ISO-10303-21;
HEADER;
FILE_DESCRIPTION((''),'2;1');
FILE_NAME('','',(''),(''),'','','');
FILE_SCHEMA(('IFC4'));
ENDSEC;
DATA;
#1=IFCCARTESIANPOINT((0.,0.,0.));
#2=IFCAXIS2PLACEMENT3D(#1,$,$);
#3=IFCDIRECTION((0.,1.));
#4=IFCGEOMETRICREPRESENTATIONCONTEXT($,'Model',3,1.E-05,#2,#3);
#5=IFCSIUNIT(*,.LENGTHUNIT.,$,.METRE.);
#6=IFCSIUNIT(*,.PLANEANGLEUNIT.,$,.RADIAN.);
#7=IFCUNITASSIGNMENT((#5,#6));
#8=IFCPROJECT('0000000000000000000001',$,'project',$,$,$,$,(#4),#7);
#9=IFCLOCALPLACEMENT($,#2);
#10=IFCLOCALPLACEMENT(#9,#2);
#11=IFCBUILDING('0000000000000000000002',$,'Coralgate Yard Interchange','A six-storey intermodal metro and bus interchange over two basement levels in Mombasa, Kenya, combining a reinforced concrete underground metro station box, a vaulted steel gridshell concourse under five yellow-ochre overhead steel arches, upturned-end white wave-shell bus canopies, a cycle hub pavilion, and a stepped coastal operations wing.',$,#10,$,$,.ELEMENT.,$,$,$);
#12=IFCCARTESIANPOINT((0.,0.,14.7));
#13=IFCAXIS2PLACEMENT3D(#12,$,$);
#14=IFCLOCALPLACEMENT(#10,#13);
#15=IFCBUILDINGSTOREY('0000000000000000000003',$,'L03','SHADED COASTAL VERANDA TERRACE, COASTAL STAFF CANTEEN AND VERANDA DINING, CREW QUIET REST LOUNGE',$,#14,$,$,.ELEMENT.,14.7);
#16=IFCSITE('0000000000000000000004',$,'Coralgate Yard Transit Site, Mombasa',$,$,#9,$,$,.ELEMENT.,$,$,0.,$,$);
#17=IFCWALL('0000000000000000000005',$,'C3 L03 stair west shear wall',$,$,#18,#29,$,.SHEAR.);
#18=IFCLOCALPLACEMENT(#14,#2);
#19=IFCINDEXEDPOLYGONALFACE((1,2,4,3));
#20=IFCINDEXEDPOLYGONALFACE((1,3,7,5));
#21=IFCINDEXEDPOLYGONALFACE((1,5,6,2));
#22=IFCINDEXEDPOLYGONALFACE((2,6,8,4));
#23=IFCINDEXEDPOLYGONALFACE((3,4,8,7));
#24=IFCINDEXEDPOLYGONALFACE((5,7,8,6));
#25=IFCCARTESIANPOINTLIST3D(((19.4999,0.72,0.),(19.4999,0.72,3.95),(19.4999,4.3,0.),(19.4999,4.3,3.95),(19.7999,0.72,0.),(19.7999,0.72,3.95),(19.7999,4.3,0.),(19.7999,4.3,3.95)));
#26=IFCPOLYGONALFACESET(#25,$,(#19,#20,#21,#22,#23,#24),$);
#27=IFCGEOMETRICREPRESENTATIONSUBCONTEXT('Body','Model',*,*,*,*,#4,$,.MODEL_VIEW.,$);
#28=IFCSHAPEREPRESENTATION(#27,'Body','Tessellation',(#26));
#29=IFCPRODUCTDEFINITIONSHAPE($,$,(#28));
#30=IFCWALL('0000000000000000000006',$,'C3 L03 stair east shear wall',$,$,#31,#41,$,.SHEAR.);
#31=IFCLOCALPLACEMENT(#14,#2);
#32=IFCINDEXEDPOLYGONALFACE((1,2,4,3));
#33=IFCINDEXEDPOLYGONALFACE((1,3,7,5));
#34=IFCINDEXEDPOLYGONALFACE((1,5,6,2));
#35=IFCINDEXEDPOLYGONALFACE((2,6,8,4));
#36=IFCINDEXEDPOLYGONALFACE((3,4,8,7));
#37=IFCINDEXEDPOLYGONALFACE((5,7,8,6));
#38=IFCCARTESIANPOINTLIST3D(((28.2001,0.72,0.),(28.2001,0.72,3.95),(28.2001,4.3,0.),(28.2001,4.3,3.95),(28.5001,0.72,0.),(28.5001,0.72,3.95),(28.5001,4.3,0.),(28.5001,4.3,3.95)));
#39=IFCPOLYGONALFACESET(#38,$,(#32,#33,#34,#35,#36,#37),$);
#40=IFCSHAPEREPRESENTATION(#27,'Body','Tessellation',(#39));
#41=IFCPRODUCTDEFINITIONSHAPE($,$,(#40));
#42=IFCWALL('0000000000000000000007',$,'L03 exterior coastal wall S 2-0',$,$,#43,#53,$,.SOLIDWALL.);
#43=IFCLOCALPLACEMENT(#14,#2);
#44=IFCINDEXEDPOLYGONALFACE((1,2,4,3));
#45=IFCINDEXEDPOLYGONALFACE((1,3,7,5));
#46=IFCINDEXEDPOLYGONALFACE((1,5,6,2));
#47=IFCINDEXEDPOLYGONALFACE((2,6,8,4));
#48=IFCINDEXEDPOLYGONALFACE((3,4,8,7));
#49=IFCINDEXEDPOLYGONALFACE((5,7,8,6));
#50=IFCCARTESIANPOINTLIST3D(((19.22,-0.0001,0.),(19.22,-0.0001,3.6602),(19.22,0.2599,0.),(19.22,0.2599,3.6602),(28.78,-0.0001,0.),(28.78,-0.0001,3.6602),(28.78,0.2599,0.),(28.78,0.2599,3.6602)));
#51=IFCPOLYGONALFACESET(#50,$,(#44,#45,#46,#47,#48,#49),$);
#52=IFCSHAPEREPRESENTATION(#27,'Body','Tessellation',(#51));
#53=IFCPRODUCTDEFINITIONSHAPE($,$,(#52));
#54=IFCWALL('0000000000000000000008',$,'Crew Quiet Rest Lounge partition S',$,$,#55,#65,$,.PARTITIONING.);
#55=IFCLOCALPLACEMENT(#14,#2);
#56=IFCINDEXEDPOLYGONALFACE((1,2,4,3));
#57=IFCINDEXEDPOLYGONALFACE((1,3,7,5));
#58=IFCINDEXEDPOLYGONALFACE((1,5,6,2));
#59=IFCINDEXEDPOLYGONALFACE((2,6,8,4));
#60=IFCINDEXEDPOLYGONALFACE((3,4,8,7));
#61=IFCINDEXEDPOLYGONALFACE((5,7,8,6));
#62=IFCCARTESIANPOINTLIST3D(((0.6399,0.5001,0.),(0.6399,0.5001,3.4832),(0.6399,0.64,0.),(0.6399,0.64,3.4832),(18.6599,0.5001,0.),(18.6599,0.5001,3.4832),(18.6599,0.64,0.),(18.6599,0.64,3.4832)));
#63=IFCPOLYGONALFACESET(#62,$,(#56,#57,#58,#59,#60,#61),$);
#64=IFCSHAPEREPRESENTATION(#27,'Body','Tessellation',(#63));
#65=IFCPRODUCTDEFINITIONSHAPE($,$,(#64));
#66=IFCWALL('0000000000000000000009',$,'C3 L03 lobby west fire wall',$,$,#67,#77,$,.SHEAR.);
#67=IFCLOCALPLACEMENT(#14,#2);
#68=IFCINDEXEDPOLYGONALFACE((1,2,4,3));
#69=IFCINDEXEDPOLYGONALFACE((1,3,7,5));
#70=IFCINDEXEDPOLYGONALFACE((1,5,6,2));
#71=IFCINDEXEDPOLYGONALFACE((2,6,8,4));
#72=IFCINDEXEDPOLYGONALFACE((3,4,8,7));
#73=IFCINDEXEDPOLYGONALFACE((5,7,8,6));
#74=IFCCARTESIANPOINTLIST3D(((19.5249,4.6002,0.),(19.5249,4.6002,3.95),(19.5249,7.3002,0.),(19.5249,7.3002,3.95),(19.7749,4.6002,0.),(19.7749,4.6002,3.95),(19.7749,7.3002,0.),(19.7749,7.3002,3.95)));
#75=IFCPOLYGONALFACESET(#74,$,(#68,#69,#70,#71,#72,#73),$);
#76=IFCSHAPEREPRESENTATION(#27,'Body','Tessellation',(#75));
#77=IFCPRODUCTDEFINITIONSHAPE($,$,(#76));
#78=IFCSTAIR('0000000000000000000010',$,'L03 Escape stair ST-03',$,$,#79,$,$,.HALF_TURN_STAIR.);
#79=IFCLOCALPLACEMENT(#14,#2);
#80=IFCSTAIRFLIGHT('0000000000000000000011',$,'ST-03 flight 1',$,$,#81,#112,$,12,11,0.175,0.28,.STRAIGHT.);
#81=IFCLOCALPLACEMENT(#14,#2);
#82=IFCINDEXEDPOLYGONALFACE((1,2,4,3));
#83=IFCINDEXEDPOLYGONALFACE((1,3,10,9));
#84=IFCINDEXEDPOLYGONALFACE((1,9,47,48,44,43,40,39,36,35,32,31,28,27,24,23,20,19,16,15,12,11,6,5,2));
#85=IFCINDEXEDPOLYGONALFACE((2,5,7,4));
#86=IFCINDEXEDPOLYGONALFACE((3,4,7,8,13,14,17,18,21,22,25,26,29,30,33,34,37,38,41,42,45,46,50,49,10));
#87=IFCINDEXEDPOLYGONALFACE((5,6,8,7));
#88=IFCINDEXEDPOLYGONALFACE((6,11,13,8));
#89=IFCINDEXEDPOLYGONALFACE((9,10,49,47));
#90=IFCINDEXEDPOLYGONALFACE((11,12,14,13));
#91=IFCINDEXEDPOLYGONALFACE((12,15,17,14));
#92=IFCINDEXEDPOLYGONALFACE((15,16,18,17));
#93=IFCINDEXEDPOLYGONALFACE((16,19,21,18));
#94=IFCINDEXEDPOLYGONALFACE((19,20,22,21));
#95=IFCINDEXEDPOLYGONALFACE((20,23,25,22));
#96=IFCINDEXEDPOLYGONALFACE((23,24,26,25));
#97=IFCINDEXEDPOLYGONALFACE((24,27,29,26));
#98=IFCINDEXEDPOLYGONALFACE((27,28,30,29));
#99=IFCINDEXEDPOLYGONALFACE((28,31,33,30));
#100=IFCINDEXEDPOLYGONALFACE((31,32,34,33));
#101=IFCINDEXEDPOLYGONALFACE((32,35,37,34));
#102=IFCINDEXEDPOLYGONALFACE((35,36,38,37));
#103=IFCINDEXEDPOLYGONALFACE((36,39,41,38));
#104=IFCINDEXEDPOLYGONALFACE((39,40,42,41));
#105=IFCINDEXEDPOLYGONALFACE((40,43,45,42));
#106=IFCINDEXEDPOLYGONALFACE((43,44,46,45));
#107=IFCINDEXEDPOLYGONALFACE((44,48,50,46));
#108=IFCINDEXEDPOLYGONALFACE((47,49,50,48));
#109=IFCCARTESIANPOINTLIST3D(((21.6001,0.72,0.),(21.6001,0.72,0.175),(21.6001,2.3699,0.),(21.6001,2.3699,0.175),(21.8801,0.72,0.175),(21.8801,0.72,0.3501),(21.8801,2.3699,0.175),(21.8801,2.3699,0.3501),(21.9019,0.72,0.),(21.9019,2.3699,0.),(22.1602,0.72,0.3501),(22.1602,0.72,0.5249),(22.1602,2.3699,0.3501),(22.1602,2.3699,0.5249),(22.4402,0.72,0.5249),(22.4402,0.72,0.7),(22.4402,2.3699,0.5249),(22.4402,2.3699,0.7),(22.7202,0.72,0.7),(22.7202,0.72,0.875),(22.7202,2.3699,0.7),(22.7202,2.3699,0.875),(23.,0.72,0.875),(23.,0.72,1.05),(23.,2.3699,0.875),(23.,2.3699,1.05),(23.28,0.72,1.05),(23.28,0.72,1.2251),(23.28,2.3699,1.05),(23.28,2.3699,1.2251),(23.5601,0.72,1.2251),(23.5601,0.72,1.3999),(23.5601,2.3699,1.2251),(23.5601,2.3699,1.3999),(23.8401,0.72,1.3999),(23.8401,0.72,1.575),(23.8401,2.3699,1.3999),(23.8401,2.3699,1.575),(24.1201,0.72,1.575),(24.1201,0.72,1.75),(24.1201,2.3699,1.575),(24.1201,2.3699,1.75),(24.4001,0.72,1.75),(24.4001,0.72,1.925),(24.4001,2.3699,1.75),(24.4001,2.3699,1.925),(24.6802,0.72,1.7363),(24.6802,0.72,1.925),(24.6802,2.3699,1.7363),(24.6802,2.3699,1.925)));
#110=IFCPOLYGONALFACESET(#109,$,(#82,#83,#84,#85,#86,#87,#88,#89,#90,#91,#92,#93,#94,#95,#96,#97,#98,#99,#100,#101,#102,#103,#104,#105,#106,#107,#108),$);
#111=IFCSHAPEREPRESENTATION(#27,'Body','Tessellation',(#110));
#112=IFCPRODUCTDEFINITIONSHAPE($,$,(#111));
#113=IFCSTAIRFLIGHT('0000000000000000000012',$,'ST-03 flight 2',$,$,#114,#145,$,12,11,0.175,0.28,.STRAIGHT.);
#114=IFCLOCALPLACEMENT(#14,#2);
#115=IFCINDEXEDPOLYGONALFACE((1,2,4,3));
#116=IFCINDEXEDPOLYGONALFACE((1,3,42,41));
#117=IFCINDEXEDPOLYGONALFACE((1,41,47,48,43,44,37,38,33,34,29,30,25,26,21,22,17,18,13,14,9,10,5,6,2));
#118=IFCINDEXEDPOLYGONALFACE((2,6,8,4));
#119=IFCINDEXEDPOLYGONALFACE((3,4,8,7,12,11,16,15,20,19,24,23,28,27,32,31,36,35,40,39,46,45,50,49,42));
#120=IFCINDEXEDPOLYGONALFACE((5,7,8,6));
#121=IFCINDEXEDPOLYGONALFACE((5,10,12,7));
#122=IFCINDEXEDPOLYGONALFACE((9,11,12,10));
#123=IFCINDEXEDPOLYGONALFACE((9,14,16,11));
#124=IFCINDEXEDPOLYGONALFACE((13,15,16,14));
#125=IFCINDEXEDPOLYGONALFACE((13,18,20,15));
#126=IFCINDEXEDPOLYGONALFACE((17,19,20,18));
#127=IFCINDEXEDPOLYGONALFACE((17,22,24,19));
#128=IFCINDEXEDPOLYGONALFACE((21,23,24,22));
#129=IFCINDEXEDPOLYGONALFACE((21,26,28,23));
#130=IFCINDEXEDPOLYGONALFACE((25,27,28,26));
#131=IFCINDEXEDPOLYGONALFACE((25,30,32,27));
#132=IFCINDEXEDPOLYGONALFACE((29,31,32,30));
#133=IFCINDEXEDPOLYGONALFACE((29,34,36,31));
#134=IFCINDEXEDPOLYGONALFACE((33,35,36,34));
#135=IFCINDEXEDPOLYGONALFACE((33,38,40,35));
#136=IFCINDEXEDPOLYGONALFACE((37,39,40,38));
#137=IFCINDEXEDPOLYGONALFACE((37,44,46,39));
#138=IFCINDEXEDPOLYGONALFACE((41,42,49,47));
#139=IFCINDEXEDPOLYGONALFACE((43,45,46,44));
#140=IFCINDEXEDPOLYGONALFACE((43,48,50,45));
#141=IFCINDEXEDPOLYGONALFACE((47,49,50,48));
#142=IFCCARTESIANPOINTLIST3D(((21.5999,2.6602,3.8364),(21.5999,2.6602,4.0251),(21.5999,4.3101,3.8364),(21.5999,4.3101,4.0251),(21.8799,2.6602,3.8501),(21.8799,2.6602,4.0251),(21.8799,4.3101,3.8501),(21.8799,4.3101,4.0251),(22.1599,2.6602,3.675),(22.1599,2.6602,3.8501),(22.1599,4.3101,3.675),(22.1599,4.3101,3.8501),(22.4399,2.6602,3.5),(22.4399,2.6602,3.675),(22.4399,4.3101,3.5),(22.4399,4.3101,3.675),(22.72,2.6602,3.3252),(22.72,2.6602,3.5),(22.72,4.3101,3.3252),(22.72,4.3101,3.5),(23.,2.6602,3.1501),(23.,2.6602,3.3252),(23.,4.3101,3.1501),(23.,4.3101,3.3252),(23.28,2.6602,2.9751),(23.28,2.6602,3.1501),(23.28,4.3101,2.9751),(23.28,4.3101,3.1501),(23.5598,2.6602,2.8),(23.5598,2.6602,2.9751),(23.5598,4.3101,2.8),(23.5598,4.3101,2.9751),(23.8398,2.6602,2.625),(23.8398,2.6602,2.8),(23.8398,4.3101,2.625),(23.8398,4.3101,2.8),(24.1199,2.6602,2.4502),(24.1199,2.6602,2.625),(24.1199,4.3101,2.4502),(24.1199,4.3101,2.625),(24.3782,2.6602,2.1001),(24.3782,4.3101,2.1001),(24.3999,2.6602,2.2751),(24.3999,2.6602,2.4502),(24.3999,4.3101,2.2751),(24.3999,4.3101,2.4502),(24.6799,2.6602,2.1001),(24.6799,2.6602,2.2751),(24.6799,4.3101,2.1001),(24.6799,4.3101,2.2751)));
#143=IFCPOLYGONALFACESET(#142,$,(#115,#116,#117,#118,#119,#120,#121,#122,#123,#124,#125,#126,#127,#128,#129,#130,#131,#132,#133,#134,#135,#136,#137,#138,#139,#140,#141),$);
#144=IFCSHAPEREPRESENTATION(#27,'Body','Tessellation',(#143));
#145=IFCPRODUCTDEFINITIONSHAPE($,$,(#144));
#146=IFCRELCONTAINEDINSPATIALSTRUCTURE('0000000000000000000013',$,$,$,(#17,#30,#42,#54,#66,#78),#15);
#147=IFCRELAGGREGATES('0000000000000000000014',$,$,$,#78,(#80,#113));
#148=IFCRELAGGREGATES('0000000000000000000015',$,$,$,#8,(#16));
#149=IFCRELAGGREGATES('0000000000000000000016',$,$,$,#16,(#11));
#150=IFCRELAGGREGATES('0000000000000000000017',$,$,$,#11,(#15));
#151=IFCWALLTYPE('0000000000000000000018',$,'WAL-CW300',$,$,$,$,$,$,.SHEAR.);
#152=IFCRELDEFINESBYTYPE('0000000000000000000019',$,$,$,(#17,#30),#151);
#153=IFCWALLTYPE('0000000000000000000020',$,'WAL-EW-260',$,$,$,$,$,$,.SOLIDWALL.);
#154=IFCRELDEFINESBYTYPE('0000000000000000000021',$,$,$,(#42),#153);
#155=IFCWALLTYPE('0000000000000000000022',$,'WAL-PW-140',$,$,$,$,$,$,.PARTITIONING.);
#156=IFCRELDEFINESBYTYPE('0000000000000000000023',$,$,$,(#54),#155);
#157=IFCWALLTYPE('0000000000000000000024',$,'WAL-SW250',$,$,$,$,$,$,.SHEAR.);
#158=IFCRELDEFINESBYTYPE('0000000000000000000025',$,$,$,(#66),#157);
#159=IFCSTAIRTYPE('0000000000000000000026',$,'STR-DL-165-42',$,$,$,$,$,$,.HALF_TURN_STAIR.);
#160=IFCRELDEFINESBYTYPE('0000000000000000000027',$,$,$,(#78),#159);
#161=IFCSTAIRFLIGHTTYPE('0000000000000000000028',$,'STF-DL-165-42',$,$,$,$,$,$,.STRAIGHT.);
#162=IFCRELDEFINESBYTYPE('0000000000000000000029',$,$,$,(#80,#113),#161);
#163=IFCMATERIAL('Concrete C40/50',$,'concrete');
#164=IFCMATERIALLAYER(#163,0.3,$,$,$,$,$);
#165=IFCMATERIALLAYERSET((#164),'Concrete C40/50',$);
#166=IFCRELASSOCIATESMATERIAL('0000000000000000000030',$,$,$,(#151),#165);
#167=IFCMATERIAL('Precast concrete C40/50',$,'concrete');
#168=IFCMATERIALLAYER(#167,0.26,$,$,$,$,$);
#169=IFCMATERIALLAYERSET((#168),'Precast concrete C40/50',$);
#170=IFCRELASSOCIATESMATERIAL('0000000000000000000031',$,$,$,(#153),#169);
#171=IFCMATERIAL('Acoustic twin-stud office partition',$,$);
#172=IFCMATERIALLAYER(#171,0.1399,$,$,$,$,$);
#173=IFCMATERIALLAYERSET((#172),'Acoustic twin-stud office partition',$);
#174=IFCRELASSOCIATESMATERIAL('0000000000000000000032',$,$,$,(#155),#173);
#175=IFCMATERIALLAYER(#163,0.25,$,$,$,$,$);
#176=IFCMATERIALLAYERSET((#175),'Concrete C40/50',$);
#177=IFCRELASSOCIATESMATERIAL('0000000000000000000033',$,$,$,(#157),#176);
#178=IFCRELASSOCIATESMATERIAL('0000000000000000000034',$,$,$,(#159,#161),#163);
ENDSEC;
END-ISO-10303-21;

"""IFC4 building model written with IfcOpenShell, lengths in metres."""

from ifc_helpers import new_model, si_unit, direction, frame, frame_2d, origin, place, context, subcontext, project, spatial, polyline, rectangle, outline, extrude, material, layer, layer_set, type_object, element, aggregate, save


model = new_model("IFC4")

# Units and contexts
model_context = context("Model", 3, precision=1e-05, world=origin(), true_north=direction((0.0, 1.0)))
body_context = subcontext(model_context, "Body", "Model", "MODEL_VIEW")
ifc_project = project(units=[si_unit("LENGTHUNIT", "METRE"), si_unit("PLANEANGLEUNIT", "RADIAN")], contexts=[model_context])

# Site, building, storey
site_placement = place(None, origin())
site = spatial("IfcSite", under=ifc_project, at=site_placement, Name="Coralgate Yard Transit Site, Mombasa", CompositionType="ELEMENT", RefElevation=0.0)
building_placement = place(site_placement, origin())
building = spatial("IfcBuilding", under=site, at=building_placement, Name="Coralgate Yard Interchange", Description="A six-storey intermodal metro and bus interchange over two basement levels in Mombasa, Kenya, combining a reinforced concrete underground metro station box, a vaulted steel gridshell concourse under five yellow-ochre overhead steel arches, upturned-end white wave-shell bus canopies, a cycle hub pavilion, and a stepped coastal operations wing.", CompositionType="ELEMENT")
storey_placement = place(building_placement, frame((0.0, 0.0, 14.7)))
storey = spatial("IfcBuildingStorey", under=building, at=storey_placement, Name="L03", Description="SHADED COASTAL VERANDA TERRACE, COASTAL STAFF CANTEEN AND VERANDA DINING, CREW QUIET REST LOUNGE", CompositionType="ELEMENT", Elevation=14.7)

# Shared definitions
ifc_material_1 = material(Name="Concrete C40/50", Category="concrete")
ifc_layer_1 = layer(ifc_material_1, 0.3)
ifc_layer_set_1 = layer_set([ifc_layer_1], Name="Concrete C40/50")
wall_type_1 = type_object("IfcWallType", Name="WAL-CW300", PredefinedType="SHEAR", material=ifc_layer_set_1)

# Walls
for number, where, z_axis, x_axis, name in (
    (1, (19.6499, 0.72, 0.0), (0.0, 0.0, 1.0), (0.0, 1.0, 0.0), "C3 L03 stair west shear wall"),
    (2, (28.3501, 4.3, 0.0), (0.0, 0.0, 1.0), (0.0, -1.0, 0.0), "C3 L03 stair east shear wall"),
):
    element("IfcWall", number, at=place(storey_placement, frame(where, z_axis=z_axis, x_axis=x_axis)), inside=storey, type_object=wall_type_1, Name=name, PredefinedType="SHEAR", context=body_context, shape_type="SweptSolid", body=[
        extrude(rectangle(XDim=3.5801, YDim=0.3, at=frame_2d((1.79, 0.0))), origin(), (0.0, 0.0, 1.0), 3.95),
    ])
ifc_material_2 = material(Name="Precast concrete C40/50", Category="concrete")
ifc_layer_2 = layer(ifc_material_2, 0.26)
ifc_layer_set_2 = layer_set([ifc_layer_2], Name="Precast concrete C40/50")
wall_type_2 = type_object("IfcWallType", Name="WAL-EW-260", PredefinedType="SOLIDWALL", material=ifc_layer_set_2)
wall_1_placement = place(storey_placement, frame((28.78, 0.1299, 0.0), z_axis=(0.0, 0.0, 1.0), x_axis=(-1.0, 0.0, 0.0)))
element("IfcWall", 3, at=wall_1_placement, inside=storey, type_object=wall_type_2, Name="L03 exterior coastal wall S 2-0", PredefinedType="SOLIDWALL", context=body_context, shape_type="SweptSolid", body=[
    extrude(rectangle(XDim=9.5601, YDim=0.26, at=frame_2d((4.78, 0.0))), origin(), (0.0, 0.0, 1.0), 3.6602),
])
ifc_material_3 = material(Name="Acoustic twin-stud office partition")
ifc_layer_3 = layer(ifc_material_3, 0.1399)
ifc_layer_set_3 = layer_set([ifc_layer_3], Name="Acoustic twin-stud office partition")
wall_type_3 = type_object("IfcWallType", Name="WAL-PW-140", PredefinedType="PARTITIONING", material=ifc_layer_set_3)
wall_2_placement = place(storey_placement, frame((18.6599, 0.5701, 0.0), z_axis=(0.0, 0.0, 1.0), x_axis=(-1.0, 0.0, 0.0)))
element("IfcWall", 4, at=wall_2_placement, inside=storey, type_object=wall_type_3, Name="Crew Quiet Rest Lounge partition S", PredefinedType="PARTITIONING", context=body_context, shape_type="SweptSolid", body=[
    extrude(rectangle(XDim=18.02, YDim=0.1399, at=frame_2d((9.01, 0.0))), origin(), (0.0, 0.0, 1.0), 3.4832),
])
ifc_layer_4 = layer(ifc_material_1, 0.25)
ifc_layer_set_4 = layer_set([ifc_layer_4], Name="Concrete C40/50")
wall_type_4 = type_object("IfcWallType", Name="WAL-SW250", PredefinedType="SHEAR", material=ifc_layer_set_4)
wall_3_placement = place(storey_placement, frame((19.6499, 4.6001, 0.0), z_axis=(0.0, 0.0, 1.0), x_axis=(0.0, 1.0, 0.0)))
element("IfcWall", 5, at=wall_3_placement, inside=storey, type_object=wall_type_4, Name="C3 L03 lobby west fire wall", PredefinedType="SHEAR", context=body_context, shape_type="SweptSolid", body=[
    extrude(rectangle(XDim=2.7, YDim=0.25, at=frame_2d((1.3501, 0.0))), origin(), (0.0, 0.0, 1.0), 3.95),
])

# Stair, stair flights
stair_type = type_object("IfcStairType", Name="STR-DL-165-42", PredefinedType="HALF_TURN_STAIR", material=ifc_material_1)
stair_placement = place(storey_placement, origin())
stair = element("IfcStair", 6, at=stair_placement, inside=storey, type_object=stair_type, Name="L03 Escape stair ST-03", PredefinedType="HALF_TURN_STAIR")
stair_flight_type = type_object("IfcStairFlightType", Name="STF-DL-165-42", PredefinedType="STRAIGHT", material=ifc_material_1)
stair_flight_1_placement = place(storey_placement, frame((21.6001, 1.5449, 0.0), z_axis=(0.0, 0.0, 1.0), x_axis=(1.0, 0.0, 0.0)))
stair_flight_1 = element("IfcStairFlight", 7, at=stair_flight_1_placement, type_object=stair_flight_type, Name="ST-03 flight 1", NumberOfRisers=12, NumberOfTreads=11, PredefinedType="STRAIGHT", RiserHeight=0.175, TreadLength=0.28, context=body_context, shape_type="SweptSolid", body=[
    extrude(outline(polyline([(0.0, 0.0), (0.0, 0.175), (0.28, 0.175), (0.28, 0.3501), (0.5601, 0.3501), (0.5601, 0.5249), (0.8401, 0.5249), (0.8401, 0.7), (1.1201, 0.7), (1.1201, 0.875), (1.3999, 0.875), (1.3999, 1.05), (1.6799, 1.05), (1.6799, 1.2251), (1.96, 1.2251), (1.96, 1.3999), (2.24, 1.3999), (2.24, 1.575), (2.52, 1.575), (2.52, 1.75), (2.8, 1.75), (2.8, 1.925), (3.0801, 1.925), (3.0801, 2.1001), (3.0801, 1.7363), (0.3018, 0.0), (0.0, 0.0)])), frame((0.0, 0.825, 0.0), z_axis=(0.0, -1.0, 0.0), x_axis=(1.0, 0.0, 0.0)), (0.0, 0.0, 1.0), 1.6499),
])
stair_flight_2_placement = place(storey_placement, frame((24.6799, 3.4851, 2.1001), z_axis=(0.0, 0.0, 1.0), x_axis=(-1.0, 0.0, 0.0)))
stair_flight_2 = element("IfcStairFlight", 8, at=stair_flight_2_placement, type_object=stair_flight_type, Name="ST-03 flight 2", NumberOfRisers=12, NumberOfTreads=11, PredefinedType="STRAIGHT", RiserHeight=0.175, TreadLength=0.28, context=body_context, shape_type="SweptSolid", body=[
    extrude(outline(polyline([(0.0, 0.0), (0.0, 0.175), (0.28, 0.175), (0.28, 0.3501), (0.5601, 0.3501), (0.5601, 0.5249), (0.8401, 0.5249), (0.8401, 0.7), (1.1201, 0.7), (1.1201, 0.875), (1.3999, 0.875), (1.3999, 1.05), (1.6799, 1.05), (1.6799, 1.2251), (1.96, 1.2251), (1.96, 1.3999), (2.24, 1.3999), (2.24, 1.575), (2.52, 1.575), (2.52, 1.75), (2.8, 1.75), (2.8, 1.925), (3.0801, 1.925), (3.0801, 2.1001), (3.0801, 1.7363), (0.3018, 0.0), (0.0, 0.0)])), frame((0.0, 0.825, 0.0), z_axis=(0.0, -1.0, 0.0), x_axis=(1.0, 0.0, 0.0)), (0.0, 0.0, 1.0), 1.6499),
])
aggregate(stair, [stair_flight_1, stair_flight_2])

save(model, "model.ifc")
